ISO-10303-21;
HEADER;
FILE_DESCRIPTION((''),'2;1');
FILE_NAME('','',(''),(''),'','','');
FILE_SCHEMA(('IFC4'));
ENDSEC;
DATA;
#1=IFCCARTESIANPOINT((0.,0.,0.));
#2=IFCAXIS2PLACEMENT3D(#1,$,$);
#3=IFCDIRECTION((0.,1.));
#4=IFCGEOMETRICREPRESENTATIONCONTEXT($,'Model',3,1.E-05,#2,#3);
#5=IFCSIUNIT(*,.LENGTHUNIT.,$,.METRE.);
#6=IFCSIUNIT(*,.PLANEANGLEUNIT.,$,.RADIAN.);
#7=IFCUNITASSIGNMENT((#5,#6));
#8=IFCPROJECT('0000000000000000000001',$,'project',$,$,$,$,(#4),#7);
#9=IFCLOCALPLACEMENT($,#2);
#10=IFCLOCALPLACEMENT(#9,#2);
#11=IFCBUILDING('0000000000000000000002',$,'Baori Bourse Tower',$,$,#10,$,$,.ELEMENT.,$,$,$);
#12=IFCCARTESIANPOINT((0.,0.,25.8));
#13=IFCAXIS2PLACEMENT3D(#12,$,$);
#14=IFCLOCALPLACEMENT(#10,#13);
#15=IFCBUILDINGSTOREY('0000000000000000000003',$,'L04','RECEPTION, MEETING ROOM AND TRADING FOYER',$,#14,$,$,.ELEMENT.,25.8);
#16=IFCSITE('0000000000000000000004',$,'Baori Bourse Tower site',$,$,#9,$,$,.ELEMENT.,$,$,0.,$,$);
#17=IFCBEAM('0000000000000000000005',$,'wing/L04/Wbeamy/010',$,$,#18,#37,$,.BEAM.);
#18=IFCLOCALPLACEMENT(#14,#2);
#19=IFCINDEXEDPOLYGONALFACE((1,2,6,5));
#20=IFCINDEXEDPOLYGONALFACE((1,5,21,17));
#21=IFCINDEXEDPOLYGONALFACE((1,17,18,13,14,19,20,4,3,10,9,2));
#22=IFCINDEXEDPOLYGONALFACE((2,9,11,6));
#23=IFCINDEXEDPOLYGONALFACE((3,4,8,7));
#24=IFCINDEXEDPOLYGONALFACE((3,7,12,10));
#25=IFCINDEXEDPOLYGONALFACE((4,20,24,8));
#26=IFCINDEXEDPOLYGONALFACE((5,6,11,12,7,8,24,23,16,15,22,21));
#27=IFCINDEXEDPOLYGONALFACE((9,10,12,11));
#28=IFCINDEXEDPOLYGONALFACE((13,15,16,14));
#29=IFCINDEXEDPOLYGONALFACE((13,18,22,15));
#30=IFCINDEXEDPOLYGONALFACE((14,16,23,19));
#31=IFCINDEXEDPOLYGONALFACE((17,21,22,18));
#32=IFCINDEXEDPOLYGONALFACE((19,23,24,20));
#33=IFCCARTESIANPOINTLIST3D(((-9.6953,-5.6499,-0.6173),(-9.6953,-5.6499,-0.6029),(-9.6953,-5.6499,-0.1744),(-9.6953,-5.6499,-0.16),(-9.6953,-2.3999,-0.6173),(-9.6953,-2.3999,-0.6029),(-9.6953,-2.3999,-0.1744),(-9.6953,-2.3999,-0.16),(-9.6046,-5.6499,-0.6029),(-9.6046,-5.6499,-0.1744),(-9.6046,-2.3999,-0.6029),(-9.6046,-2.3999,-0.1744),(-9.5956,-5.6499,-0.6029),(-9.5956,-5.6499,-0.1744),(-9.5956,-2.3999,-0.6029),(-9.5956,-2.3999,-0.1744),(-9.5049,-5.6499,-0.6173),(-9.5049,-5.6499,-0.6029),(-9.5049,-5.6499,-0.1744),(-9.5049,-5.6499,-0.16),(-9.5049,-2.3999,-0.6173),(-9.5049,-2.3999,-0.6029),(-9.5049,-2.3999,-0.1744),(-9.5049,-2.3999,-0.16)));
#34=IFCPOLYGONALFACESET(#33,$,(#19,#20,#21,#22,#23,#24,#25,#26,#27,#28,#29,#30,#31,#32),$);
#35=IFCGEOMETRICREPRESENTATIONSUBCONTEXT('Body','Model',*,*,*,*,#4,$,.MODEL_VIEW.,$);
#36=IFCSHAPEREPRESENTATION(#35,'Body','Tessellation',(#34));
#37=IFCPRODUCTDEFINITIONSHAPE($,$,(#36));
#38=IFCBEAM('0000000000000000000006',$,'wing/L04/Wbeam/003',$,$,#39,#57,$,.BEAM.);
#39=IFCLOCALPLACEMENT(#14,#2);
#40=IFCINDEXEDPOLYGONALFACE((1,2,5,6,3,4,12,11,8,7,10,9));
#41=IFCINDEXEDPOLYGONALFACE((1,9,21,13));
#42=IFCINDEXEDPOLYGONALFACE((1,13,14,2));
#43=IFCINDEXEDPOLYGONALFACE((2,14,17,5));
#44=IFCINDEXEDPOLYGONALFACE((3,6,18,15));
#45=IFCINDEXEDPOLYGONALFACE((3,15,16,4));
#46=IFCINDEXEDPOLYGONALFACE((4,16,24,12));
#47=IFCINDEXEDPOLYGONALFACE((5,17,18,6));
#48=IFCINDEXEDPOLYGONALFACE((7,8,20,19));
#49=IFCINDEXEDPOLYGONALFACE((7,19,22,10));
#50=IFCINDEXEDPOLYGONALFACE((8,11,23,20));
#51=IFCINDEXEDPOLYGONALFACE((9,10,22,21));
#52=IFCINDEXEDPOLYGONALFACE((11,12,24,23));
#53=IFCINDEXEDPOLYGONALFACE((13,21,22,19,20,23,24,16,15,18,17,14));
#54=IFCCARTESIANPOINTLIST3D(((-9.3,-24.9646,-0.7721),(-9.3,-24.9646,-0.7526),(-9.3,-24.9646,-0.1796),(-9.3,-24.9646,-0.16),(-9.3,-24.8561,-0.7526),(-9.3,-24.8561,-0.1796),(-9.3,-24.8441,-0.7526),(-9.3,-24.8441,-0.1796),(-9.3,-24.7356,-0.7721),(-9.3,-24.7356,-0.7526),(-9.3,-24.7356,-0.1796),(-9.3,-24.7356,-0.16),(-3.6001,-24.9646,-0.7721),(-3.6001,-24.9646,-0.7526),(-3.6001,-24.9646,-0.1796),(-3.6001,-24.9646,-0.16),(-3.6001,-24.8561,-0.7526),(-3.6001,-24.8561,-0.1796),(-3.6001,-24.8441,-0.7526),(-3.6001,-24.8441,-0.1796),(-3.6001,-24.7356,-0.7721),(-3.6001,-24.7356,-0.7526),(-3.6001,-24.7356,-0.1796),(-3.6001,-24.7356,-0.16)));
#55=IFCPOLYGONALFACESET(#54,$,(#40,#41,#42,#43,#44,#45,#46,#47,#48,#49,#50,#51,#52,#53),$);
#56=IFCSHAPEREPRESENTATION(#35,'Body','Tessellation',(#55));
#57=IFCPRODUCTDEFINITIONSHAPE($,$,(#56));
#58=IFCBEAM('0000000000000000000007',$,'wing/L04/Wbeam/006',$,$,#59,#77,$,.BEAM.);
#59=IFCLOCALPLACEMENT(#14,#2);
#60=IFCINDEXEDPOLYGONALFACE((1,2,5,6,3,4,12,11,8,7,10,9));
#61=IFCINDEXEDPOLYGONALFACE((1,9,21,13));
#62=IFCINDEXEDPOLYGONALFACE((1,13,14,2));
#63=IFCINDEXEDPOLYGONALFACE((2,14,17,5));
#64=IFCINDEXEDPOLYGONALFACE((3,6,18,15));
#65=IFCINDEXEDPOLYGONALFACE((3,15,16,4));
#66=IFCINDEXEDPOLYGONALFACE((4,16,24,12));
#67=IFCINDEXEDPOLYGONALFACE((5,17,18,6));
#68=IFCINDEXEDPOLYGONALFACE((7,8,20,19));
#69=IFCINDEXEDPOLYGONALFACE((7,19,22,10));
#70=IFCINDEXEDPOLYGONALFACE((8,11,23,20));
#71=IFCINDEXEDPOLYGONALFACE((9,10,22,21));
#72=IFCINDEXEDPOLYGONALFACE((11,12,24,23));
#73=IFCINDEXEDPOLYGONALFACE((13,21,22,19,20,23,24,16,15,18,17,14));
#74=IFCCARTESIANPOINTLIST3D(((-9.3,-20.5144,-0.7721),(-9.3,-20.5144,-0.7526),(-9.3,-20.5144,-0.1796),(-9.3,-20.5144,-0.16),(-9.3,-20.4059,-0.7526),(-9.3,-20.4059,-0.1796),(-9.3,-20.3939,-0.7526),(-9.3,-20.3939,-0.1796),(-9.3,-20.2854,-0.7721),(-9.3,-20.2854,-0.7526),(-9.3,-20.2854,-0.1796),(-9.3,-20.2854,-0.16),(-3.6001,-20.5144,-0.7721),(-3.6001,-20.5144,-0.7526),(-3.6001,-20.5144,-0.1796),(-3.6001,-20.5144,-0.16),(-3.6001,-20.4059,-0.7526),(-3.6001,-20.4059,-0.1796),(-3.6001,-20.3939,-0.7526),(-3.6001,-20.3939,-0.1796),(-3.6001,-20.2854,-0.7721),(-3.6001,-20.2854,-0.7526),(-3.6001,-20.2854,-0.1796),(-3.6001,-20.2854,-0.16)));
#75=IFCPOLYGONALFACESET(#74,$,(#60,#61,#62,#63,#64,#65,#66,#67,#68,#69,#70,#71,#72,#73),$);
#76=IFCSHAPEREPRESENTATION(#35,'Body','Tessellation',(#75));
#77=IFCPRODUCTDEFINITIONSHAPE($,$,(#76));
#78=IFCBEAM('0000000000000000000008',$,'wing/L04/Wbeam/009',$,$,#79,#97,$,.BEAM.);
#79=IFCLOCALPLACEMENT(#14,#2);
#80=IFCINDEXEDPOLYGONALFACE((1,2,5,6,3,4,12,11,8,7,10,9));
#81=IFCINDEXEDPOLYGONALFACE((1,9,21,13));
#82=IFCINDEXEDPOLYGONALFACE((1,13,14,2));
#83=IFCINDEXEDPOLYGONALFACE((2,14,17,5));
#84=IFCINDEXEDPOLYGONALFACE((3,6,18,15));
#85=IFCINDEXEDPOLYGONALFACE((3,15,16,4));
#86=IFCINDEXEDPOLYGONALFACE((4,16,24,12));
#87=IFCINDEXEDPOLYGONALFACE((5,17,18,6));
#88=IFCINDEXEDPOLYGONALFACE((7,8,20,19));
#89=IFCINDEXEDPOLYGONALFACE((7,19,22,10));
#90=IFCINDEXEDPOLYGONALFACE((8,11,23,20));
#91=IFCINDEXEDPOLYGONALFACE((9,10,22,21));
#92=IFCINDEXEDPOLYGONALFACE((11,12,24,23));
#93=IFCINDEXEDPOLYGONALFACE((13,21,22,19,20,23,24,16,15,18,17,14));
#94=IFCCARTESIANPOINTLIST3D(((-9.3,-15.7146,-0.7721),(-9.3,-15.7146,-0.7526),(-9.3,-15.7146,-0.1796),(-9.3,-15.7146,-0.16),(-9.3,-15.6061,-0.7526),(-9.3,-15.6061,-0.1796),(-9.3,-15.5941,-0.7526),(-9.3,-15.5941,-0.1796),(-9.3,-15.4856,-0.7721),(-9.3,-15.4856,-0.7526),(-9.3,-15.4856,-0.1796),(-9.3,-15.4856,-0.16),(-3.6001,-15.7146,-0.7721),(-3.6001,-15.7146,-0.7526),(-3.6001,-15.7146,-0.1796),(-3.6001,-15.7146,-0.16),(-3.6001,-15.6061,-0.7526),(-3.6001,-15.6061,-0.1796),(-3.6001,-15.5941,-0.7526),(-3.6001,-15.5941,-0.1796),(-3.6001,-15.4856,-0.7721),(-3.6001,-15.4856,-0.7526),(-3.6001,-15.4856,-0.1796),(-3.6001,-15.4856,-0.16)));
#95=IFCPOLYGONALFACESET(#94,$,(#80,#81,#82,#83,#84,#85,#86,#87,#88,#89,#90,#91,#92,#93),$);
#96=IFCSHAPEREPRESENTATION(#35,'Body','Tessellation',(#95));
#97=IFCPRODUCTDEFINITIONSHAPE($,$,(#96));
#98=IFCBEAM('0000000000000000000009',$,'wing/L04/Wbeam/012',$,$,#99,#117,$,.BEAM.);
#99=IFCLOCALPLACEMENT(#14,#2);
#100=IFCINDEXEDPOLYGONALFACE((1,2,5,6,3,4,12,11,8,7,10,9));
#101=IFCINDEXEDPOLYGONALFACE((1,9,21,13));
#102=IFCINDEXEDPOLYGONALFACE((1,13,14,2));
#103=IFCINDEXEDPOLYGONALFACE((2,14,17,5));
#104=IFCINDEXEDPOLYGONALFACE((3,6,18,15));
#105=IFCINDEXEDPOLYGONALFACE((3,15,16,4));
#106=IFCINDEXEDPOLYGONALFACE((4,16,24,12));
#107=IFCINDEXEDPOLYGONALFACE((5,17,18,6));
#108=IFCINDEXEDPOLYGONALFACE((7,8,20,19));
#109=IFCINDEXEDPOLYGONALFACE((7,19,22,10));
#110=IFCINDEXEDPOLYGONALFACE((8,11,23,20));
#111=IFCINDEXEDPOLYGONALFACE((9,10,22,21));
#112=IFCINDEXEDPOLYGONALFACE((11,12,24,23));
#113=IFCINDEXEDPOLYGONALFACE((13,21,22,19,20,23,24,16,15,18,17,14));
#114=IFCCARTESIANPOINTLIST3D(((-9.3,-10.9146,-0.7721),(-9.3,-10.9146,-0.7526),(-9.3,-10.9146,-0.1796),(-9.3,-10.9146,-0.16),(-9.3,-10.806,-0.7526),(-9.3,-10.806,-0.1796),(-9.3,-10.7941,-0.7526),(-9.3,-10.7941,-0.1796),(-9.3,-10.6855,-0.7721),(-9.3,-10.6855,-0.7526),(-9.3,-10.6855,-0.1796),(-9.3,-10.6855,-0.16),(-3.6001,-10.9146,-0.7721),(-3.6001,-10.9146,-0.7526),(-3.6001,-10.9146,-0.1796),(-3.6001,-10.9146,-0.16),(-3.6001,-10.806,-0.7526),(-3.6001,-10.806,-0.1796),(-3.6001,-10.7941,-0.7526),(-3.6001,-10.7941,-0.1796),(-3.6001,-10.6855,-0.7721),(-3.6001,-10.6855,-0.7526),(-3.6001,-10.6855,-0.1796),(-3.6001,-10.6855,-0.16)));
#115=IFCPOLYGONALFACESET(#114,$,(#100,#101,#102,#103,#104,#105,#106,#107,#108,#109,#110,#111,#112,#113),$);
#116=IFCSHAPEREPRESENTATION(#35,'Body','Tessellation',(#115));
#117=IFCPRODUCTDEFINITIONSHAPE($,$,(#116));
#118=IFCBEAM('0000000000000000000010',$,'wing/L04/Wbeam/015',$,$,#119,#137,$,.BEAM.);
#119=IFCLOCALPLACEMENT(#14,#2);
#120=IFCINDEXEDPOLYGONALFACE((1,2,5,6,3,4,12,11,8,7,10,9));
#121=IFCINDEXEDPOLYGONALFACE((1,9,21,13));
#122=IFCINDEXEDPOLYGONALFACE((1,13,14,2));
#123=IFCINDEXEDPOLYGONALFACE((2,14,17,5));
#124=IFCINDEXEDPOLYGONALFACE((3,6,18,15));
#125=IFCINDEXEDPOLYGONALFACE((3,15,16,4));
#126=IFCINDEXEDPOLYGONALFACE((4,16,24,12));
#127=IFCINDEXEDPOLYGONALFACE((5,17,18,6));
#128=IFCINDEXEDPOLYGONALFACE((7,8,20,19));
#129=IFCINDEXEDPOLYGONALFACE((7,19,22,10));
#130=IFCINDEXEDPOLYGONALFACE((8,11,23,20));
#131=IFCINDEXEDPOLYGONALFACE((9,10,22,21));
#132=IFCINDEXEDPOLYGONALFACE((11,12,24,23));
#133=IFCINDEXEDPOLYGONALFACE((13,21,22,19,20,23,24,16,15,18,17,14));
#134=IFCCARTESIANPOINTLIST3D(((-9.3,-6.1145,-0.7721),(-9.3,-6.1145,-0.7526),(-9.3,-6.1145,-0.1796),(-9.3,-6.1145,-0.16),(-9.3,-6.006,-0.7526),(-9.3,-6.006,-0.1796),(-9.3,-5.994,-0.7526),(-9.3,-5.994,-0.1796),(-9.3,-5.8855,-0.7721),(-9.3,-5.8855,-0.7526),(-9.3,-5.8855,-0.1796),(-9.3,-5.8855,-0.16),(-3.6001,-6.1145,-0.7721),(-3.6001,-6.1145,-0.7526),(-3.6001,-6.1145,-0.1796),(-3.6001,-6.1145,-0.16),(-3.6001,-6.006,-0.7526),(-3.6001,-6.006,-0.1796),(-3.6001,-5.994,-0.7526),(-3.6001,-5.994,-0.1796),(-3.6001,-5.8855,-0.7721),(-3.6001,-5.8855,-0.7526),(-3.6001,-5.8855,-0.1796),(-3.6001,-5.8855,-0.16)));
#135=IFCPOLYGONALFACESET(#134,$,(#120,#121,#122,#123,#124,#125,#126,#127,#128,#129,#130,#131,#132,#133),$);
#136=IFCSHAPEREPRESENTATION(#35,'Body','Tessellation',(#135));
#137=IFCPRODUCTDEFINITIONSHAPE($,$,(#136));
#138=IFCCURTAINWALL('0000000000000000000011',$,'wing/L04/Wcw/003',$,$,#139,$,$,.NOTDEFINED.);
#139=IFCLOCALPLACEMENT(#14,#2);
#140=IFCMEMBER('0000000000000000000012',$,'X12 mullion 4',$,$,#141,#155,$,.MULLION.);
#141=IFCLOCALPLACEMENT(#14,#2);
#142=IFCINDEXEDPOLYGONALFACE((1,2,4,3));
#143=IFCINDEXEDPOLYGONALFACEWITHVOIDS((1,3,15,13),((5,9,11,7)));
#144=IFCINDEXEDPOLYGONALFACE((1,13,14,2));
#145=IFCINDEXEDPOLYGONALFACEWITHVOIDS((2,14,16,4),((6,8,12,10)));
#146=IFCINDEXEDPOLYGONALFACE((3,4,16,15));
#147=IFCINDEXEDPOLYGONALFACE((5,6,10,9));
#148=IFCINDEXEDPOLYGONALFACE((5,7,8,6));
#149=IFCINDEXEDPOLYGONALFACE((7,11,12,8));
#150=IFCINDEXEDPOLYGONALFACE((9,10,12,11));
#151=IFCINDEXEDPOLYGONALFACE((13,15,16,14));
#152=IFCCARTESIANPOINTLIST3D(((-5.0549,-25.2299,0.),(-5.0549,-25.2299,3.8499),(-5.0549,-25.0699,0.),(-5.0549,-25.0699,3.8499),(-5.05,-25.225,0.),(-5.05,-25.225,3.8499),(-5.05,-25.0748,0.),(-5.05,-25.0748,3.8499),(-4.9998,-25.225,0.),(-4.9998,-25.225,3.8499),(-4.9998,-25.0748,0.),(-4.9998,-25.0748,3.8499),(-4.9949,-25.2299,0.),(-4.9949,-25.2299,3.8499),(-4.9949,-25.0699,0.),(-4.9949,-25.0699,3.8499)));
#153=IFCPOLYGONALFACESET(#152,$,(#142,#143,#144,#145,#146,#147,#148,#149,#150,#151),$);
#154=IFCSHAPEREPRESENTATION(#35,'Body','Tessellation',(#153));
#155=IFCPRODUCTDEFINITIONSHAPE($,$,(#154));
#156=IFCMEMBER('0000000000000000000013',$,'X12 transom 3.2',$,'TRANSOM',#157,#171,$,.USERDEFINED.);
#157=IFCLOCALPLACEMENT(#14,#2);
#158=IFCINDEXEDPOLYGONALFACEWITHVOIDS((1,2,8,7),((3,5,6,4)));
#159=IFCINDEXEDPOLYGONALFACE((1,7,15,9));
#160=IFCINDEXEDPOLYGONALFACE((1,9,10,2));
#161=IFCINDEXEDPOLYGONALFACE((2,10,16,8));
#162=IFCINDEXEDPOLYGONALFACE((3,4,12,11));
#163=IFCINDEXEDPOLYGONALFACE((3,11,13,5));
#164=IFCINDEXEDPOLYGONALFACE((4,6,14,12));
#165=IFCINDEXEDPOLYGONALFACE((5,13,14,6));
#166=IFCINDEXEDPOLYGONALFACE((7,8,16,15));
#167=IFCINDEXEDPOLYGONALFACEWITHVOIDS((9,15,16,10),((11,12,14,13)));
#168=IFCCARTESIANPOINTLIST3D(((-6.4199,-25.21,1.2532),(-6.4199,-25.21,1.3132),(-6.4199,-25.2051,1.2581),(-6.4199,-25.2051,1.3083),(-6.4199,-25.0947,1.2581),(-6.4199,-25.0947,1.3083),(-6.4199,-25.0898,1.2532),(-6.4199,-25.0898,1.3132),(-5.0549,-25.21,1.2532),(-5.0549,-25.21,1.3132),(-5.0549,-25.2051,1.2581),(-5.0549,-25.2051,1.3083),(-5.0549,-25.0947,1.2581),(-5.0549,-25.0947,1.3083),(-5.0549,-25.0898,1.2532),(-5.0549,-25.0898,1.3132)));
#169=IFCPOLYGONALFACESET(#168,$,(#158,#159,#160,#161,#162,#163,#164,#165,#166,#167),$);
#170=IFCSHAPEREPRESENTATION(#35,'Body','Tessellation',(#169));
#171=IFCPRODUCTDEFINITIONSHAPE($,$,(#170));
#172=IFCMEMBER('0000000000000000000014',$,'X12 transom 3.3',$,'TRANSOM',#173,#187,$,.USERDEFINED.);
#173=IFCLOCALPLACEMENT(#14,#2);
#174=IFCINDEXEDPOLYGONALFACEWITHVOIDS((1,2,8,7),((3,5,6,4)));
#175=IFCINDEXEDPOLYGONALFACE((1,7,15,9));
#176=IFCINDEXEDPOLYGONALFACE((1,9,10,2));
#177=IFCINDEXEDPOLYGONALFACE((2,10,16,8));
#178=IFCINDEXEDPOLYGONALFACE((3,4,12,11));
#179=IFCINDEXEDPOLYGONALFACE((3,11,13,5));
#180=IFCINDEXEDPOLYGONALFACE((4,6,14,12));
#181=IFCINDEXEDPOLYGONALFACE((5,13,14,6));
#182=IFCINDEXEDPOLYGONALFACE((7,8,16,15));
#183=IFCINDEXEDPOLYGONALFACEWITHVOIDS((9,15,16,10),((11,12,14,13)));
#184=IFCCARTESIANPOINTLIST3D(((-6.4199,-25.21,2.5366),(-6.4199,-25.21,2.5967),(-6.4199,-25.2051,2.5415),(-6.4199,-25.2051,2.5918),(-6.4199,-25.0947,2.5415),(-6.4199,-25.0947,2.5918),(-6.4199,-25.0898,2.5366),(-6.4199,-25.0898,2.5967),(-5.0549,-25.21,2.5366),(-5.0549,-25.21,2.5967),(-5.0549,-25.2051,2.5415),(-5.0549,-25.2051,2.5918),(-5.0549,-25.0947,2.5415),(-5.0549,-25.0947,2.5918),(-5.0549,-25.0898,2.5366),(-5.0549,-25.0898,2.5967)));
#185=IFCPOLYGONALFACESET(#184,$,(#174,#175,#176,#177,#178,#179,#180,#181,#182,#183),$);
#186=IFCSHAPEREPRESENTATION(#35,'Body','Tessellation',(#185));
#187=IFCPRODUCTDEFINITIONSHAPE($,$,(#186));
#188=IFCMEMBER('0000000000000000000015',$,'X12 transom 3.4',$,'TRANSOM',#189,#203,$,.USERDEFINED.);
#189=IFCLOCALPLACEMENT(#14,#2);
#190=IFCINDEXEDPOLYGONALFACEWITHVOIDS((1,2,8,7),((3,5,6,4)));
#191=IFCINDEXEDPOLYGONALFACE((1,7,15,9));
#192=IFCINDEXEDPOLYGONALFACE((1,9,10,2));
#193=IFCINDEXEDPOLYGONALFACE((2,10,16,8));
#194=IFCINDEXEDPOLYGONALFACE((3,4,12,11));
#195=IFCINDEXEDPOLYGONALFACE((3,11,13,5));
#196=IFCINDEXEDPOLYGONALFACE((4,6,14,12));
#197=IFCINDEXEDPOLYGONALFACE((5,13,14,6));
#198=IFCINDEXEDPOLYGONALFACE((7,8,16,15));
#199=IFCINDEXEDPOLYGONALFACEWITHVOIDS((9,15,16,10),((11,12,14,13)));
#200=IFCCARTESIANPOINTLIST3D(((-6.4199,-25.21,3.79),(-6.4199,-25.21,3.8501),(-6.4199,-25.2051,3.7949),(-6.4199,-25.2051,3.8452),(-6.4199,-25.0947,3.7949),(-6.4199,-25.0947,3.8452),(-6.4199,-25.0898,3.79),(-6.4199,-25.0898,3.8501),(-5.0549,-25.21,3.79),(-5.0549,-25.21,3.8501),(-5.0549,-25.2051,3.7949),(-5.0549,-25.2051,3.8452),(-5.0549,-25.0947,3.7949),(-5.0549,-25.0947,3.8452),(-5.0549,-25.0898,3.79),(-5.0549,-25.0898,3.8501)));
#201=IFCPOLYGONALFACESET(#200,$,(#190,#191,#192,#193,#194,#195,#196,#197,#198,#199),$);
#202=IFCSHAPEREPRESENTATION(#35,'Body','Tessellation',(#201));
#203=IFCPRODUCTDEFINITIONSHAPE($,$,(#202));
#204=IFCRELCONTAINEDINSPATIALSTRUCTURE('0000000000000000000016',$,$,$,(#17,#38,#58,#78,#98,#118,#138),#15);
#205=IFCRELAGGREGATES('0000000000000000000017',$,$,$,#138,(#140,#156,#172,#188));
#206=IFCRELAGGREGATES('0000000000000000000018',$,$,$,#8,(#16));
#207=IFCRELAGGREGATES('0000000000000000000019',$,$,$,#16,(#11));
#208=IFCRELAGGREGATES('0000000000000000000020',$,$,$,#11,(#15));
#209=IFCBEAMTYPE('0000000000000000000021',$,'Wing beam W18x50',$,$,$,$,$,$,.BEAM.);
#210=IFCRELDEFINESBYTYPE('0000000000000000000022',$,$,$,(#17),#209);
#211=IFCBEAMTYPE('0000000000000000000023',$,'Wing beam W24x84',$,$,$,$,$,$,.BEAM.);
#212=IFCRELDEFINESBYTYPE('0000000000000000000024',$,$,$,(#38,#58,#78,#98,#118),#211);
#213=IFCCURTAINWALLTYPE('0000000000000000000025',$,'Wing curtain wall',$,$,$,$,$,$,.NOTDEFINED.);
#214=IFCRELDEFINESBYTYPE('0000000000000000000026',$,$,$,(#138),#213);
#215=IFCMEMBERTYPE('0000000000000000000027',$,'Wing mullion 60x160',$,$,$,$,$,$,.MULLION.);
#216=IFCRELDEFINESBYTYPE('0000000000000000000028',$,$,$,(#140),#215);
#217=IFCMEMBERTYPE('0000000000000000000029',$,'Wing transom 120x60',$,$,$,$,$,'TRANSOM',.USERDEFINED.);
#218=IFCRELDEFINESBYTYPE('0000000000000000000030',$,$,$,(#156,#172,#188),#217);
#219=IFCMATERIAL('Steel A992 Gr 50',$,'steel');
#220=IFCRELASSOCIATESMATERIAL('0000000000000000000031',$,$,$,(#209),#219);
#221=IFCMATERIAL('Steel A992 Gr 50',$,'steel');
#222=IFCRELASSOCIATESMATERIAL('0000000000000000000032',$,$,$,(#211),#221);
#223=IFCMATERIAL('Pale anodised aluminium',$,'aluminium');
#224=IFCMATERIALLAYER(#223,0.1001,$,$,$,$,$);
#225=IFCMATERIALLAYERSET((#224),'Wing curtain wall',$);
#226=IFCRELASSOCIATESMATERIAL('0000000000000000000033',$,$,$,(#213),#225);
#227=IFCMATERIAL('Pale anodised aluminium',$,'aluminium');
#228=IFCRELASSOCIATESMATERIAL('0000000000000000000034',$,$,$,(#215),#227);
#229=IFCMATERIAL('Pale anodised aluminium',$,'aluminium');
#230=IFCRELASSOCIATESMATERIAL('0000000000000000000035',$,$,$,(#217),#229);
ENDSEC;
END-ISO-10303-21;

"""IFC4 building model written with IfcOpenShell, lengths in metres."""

from ifc_helpers import new_model, si_unit, direction, frame, origin, origin_2d, place, context, subcontext, project, spatial, hollow_rectangle, i_section, extrude, material, layer, layer_set, material_profile, profile_set, type_object, element, aggregate, save


model = new_model("IFC4")

# Units and contexts
model_context = context("Model", 3, precision=1e-05, world=origin(), true_north=direction((0.0, 1.0)))
body_context = subcontext(model_context, "Body", "Model", "MODEL_VIEW")
ifc_project = project(units=[si_unit("LENGTHUNIT", "METRE"), si_unit("PLANEANGLEUNIT", "RADIAN")], contexts=[model_context])

# Site, building, storey
site_placement = place(None, origin())
site = spatial("IfcSite", under=ifc_project, at=site_placement, Name="Baori Bourse Tower site", CompositionType="ELEMENT", RefElevation=0.0)
building_placement = place(site_placement, origin())
building = spatial("IfcBuilding", under=site, at=building_placement, Name="Baori Bourse Tower", CompositionType="ELEMENT")
storey_placement = place(building_placement, frame((0.0, 0.0, 25.8)))
storey = spatial("IfcBuildingStorey", under=building, at=storey_placement, Name="L04", Description="RECEPTION, MEETING ROOM AND TRADING FOYER", CompositionType="ELEMENT", Elevation=25.8)

# Beams
ifc_material_1 = material(Name="Steel A992 Gr 50", Category="steel")
ifc_material_profile_1 = material_profile(ifc_material_1, i_section(OverallWidth=0.1904, OverallDepth=0.4573, WebThickness=0.009, FlangeThickness=0.0144, at=origin_2d()), Name="W18x50")
ifc_profile_set_1 = profile_set([ifc_material_profile_1], Name="Steel A992 Gr 50")
beam_type_1 = type_object("IfcBeamType", Name="Wing beam W18x50", PredefinedType="BEAM", material=ifc_profile_set_1)
beam_placement = place(storey_placement, frame((-9.6001, -5.6499, -0.3887), z_axis=(0.0, 1.0, 0.0), x_axis=(-1.0, 0.0, 0.0)))
element("IfcBeam", 1, at=beam_placement, inside=storey, type_object=beam_type_1, Name="wing/L04/Wbeamy/010", PredefinedType="BEAM", context=body_context, shape_type="SweptSolid", body=[
    extrude(i_section(OverallWidth=0.1904, OverallDepth=0.4573, WebThickness=0.009, FlangeThickness=0.0144, at=origin_2d()), origin(), (0.0, 0.0, 1.0), 3.25),
])
ifc_material_2 = material(Name="Steel A992 Gr 50", Category="steel")
ifc_material_profile_2 = material_profile(ifc_material_2, i_section(OverallWidth=0.229, OverallDepth=0.6121, WebThickness=0.012, FlangeThickness=0.0195, at=origin_2d()), Name="W24x84")
ifc_profile_set_2 = profile_set([ifc_material_profile_2], Name="Steel A992 Gr 50")
beam_type_2 = type_object("IfcBeamType", Name="Wing beam W24x84", PredefinedType="BEAM", material=ifc_profile_set_2)
for number, where, z_axis, x_axis, name in (
    (2, (-9.3, -24.8501, -0.4661), (1.0, 0.0, 0.0), (0.0, 1.0, 0.0), "wing/L04/Wbeam/003"),
    (3, (-9.3, -20.3999, -0.4661), (1.0, 0.0, 0.0), (0.0, 1.0, 0.0), "wing/L04/Wbeam/006"),
    (4, (-9.3, -15.6001, -0.4661), (1.0, 0.0, 0.0), (0.0, 1.0, 0.0), "wing/L04/Wbeam/009"),
    (5, (-9.3, -10.8, -0.4661), (1.0, 0.0, 0.0), (0.0, 1.0, 0.0), "wing/L04/Wbeam/012"),
    (6, (-9.3, -6.0, -0.4661), (1.0, 0.0, 0.0), (0.0, 1.0, 0.0), "wing/L04/Wbeam/015"),
):
    element("IfcBeam", number, at=place(storey_placement, frame(where, z_axis=z_axis, x_axis=x_axis)), inside=storey, type_object=beam_type_2, Name=name, PredefinedType="BEAM", context=body_context, shape_type="SweptSolid", body=[
        extrude(i_section(OverallWidth=0.229, OverallDepth=0.6121, WebThickness=0.012, FlangeThickness=0.0195, at=origin_2d()), origin(), (0.0, 0.0, 1.0), 5.7),
    ])

# Curtain wall, members
ifc_material_3 = material(Name="Pale anodised aluminium", Category="aluminium")
ifc_layer_1 = layer(ifc_material_3, 0.1001)
ifc_layer_set_1 = layer_set([ifc_layer_1], Name="Wing curtain wall")
curtain_wall_type = type_object("IfcCurtainWallType", Name="Wing curtain wall", PredefinedType="NOTDEFINED", material=ifc_layer_set_1)
curtain_wall_placement = place(storey_placement, origin())
curtain_wall = element("IfcCurtainWall", 7, at=curtain_wall_placement, inside=storey, type_object=curtain_wall_type, Name="wing/L04/Wcw/003", PredefinedType="NOTDEFINED")
ifc_material_4 = material(Name="Pale anodised aluminium", Category="aluminium")
ifc_material_profile_3 = material_profile(ifc_material_4, hollow_rectangle(XDim=0.1599, YDim=0.0601, WallThickness=0.0049, at=origin_2d()), Name="Mullion 160x60x5")
ifc_profile_set_3 = profile_set([ifc_material_profile_3], Name="Pale anodised aluminium")
member_type_1 = type_object("IfcMemberType", Name="Wing mullion 60x160", PredefinedType="MULLION", material=ifc_profile_set_3)
member_1_placement = place(storey_placement, frame((-5.0249, -25.1499, 0.0), z_axis=(0.0, 0.0, 1.0), x_axis=(0.0, 1.0, 0.0)))
member_1 = element("IfcMember", 8, at=member_1_placement, type_object=member_type_1, Name="X12 mullion 4", PredefinedType="MULLION", context=body_context, shape_type="SweptSolid", body=[
    extrude(hollow_rectangle(XDim=0.1599, YDim=0.0601, WallThickness=0.0049, at=origin_2d()), origin(), (0.0, 0.0, 1.0), 3.8499),
])
ifc_material_5 = material(Name="Pale anodised aluminium", Category="aluminium")
ifc_material_profile_4 = material_profile(ifc_material_5, hollow_rectangle(XDim=0.1201, YDim=0.0601, WallThickness=0.0049, at=origin_2d()), Name="Transom 120x60x5")
ifc_profile_set_4 = profile_set([ifc_material_profile_4], Name="Pale anodised aluminium")
member_type_2 = type_object("IfcMemberType", Name="Wing transom 120x60", ElementType="TRANSOM", PredefinedType="USERDEFINED", material=ifc_profile_set_4)
member_2_placement = place(storey_placement, frame((-6.4199, -25.1499, 1.2832), z_axis=(1.0, 0.0, 0.0), x_axis=(0.0, 1.0, 0.0)))
member_2 = element("IfcMember", 9, at=member_2_placement, type_object=member_type_2, Name="X12 transom 3.2", ObjectType="TRANSOM", PredefinedType="USERDEFINED", context=body_context, shape_type="SweptSolid", body=[
    extrude(hollow_rectangle(XDim=0.1201, YDim=0.0601, WallThickness=0.0049, at=origin_2d()), origin(), (0.0, 0.0, 1.0), 1.365),
])
member_3_placement = place(storey_placement, frame((-6.4199, -25.1499, 2.5667), z_axis=(1.0, 0.0, 0.0), x_axis=(0.0, 1.0, 0.0)))
member_3 = element("IfcMember", 10, at=member_3_placement, type_object=member_type_2, Name="X12 transom 3.3", ObjectType="TRANSOM", PredefinedType="USERDEFINED", context=body_context, shape_type="SweptSolid", body=[
    extrude(hollow_rectangle(XDim=0.1201, YDim=0.0601, WallThickness=0.0049, at=origin_2d()), origin(), (0.0, 0.0, 1.0), 1.365),
])
member_4_placement = place(storey_placement, frame((-6.4199, -25.1499, 3.8201), z_axis=(1.0, 0.0, 0.0), x_axis=(0.0, 1.0, 0.0)))
member_4 = element("IfcMember", 11, at=member_4_placement, type_object=member_type_2, Name="X12 transom 3.4", ObjectType="TRANSOM", PredefinedType="USERDEFINED", context=body_context, shape_type="SweptSolid", body=[
    extrude(hollow_rectangle(XDim=0.1201, YDim=0.0601, WallThickness=0.0049, at=origin_2d()), origin(), (0.0, 0.0, 1.0), 1.365),
])
aggregate(curtain_wall, [member_1, member_2, member_3, member_4])

save(model, "model.ifc")
